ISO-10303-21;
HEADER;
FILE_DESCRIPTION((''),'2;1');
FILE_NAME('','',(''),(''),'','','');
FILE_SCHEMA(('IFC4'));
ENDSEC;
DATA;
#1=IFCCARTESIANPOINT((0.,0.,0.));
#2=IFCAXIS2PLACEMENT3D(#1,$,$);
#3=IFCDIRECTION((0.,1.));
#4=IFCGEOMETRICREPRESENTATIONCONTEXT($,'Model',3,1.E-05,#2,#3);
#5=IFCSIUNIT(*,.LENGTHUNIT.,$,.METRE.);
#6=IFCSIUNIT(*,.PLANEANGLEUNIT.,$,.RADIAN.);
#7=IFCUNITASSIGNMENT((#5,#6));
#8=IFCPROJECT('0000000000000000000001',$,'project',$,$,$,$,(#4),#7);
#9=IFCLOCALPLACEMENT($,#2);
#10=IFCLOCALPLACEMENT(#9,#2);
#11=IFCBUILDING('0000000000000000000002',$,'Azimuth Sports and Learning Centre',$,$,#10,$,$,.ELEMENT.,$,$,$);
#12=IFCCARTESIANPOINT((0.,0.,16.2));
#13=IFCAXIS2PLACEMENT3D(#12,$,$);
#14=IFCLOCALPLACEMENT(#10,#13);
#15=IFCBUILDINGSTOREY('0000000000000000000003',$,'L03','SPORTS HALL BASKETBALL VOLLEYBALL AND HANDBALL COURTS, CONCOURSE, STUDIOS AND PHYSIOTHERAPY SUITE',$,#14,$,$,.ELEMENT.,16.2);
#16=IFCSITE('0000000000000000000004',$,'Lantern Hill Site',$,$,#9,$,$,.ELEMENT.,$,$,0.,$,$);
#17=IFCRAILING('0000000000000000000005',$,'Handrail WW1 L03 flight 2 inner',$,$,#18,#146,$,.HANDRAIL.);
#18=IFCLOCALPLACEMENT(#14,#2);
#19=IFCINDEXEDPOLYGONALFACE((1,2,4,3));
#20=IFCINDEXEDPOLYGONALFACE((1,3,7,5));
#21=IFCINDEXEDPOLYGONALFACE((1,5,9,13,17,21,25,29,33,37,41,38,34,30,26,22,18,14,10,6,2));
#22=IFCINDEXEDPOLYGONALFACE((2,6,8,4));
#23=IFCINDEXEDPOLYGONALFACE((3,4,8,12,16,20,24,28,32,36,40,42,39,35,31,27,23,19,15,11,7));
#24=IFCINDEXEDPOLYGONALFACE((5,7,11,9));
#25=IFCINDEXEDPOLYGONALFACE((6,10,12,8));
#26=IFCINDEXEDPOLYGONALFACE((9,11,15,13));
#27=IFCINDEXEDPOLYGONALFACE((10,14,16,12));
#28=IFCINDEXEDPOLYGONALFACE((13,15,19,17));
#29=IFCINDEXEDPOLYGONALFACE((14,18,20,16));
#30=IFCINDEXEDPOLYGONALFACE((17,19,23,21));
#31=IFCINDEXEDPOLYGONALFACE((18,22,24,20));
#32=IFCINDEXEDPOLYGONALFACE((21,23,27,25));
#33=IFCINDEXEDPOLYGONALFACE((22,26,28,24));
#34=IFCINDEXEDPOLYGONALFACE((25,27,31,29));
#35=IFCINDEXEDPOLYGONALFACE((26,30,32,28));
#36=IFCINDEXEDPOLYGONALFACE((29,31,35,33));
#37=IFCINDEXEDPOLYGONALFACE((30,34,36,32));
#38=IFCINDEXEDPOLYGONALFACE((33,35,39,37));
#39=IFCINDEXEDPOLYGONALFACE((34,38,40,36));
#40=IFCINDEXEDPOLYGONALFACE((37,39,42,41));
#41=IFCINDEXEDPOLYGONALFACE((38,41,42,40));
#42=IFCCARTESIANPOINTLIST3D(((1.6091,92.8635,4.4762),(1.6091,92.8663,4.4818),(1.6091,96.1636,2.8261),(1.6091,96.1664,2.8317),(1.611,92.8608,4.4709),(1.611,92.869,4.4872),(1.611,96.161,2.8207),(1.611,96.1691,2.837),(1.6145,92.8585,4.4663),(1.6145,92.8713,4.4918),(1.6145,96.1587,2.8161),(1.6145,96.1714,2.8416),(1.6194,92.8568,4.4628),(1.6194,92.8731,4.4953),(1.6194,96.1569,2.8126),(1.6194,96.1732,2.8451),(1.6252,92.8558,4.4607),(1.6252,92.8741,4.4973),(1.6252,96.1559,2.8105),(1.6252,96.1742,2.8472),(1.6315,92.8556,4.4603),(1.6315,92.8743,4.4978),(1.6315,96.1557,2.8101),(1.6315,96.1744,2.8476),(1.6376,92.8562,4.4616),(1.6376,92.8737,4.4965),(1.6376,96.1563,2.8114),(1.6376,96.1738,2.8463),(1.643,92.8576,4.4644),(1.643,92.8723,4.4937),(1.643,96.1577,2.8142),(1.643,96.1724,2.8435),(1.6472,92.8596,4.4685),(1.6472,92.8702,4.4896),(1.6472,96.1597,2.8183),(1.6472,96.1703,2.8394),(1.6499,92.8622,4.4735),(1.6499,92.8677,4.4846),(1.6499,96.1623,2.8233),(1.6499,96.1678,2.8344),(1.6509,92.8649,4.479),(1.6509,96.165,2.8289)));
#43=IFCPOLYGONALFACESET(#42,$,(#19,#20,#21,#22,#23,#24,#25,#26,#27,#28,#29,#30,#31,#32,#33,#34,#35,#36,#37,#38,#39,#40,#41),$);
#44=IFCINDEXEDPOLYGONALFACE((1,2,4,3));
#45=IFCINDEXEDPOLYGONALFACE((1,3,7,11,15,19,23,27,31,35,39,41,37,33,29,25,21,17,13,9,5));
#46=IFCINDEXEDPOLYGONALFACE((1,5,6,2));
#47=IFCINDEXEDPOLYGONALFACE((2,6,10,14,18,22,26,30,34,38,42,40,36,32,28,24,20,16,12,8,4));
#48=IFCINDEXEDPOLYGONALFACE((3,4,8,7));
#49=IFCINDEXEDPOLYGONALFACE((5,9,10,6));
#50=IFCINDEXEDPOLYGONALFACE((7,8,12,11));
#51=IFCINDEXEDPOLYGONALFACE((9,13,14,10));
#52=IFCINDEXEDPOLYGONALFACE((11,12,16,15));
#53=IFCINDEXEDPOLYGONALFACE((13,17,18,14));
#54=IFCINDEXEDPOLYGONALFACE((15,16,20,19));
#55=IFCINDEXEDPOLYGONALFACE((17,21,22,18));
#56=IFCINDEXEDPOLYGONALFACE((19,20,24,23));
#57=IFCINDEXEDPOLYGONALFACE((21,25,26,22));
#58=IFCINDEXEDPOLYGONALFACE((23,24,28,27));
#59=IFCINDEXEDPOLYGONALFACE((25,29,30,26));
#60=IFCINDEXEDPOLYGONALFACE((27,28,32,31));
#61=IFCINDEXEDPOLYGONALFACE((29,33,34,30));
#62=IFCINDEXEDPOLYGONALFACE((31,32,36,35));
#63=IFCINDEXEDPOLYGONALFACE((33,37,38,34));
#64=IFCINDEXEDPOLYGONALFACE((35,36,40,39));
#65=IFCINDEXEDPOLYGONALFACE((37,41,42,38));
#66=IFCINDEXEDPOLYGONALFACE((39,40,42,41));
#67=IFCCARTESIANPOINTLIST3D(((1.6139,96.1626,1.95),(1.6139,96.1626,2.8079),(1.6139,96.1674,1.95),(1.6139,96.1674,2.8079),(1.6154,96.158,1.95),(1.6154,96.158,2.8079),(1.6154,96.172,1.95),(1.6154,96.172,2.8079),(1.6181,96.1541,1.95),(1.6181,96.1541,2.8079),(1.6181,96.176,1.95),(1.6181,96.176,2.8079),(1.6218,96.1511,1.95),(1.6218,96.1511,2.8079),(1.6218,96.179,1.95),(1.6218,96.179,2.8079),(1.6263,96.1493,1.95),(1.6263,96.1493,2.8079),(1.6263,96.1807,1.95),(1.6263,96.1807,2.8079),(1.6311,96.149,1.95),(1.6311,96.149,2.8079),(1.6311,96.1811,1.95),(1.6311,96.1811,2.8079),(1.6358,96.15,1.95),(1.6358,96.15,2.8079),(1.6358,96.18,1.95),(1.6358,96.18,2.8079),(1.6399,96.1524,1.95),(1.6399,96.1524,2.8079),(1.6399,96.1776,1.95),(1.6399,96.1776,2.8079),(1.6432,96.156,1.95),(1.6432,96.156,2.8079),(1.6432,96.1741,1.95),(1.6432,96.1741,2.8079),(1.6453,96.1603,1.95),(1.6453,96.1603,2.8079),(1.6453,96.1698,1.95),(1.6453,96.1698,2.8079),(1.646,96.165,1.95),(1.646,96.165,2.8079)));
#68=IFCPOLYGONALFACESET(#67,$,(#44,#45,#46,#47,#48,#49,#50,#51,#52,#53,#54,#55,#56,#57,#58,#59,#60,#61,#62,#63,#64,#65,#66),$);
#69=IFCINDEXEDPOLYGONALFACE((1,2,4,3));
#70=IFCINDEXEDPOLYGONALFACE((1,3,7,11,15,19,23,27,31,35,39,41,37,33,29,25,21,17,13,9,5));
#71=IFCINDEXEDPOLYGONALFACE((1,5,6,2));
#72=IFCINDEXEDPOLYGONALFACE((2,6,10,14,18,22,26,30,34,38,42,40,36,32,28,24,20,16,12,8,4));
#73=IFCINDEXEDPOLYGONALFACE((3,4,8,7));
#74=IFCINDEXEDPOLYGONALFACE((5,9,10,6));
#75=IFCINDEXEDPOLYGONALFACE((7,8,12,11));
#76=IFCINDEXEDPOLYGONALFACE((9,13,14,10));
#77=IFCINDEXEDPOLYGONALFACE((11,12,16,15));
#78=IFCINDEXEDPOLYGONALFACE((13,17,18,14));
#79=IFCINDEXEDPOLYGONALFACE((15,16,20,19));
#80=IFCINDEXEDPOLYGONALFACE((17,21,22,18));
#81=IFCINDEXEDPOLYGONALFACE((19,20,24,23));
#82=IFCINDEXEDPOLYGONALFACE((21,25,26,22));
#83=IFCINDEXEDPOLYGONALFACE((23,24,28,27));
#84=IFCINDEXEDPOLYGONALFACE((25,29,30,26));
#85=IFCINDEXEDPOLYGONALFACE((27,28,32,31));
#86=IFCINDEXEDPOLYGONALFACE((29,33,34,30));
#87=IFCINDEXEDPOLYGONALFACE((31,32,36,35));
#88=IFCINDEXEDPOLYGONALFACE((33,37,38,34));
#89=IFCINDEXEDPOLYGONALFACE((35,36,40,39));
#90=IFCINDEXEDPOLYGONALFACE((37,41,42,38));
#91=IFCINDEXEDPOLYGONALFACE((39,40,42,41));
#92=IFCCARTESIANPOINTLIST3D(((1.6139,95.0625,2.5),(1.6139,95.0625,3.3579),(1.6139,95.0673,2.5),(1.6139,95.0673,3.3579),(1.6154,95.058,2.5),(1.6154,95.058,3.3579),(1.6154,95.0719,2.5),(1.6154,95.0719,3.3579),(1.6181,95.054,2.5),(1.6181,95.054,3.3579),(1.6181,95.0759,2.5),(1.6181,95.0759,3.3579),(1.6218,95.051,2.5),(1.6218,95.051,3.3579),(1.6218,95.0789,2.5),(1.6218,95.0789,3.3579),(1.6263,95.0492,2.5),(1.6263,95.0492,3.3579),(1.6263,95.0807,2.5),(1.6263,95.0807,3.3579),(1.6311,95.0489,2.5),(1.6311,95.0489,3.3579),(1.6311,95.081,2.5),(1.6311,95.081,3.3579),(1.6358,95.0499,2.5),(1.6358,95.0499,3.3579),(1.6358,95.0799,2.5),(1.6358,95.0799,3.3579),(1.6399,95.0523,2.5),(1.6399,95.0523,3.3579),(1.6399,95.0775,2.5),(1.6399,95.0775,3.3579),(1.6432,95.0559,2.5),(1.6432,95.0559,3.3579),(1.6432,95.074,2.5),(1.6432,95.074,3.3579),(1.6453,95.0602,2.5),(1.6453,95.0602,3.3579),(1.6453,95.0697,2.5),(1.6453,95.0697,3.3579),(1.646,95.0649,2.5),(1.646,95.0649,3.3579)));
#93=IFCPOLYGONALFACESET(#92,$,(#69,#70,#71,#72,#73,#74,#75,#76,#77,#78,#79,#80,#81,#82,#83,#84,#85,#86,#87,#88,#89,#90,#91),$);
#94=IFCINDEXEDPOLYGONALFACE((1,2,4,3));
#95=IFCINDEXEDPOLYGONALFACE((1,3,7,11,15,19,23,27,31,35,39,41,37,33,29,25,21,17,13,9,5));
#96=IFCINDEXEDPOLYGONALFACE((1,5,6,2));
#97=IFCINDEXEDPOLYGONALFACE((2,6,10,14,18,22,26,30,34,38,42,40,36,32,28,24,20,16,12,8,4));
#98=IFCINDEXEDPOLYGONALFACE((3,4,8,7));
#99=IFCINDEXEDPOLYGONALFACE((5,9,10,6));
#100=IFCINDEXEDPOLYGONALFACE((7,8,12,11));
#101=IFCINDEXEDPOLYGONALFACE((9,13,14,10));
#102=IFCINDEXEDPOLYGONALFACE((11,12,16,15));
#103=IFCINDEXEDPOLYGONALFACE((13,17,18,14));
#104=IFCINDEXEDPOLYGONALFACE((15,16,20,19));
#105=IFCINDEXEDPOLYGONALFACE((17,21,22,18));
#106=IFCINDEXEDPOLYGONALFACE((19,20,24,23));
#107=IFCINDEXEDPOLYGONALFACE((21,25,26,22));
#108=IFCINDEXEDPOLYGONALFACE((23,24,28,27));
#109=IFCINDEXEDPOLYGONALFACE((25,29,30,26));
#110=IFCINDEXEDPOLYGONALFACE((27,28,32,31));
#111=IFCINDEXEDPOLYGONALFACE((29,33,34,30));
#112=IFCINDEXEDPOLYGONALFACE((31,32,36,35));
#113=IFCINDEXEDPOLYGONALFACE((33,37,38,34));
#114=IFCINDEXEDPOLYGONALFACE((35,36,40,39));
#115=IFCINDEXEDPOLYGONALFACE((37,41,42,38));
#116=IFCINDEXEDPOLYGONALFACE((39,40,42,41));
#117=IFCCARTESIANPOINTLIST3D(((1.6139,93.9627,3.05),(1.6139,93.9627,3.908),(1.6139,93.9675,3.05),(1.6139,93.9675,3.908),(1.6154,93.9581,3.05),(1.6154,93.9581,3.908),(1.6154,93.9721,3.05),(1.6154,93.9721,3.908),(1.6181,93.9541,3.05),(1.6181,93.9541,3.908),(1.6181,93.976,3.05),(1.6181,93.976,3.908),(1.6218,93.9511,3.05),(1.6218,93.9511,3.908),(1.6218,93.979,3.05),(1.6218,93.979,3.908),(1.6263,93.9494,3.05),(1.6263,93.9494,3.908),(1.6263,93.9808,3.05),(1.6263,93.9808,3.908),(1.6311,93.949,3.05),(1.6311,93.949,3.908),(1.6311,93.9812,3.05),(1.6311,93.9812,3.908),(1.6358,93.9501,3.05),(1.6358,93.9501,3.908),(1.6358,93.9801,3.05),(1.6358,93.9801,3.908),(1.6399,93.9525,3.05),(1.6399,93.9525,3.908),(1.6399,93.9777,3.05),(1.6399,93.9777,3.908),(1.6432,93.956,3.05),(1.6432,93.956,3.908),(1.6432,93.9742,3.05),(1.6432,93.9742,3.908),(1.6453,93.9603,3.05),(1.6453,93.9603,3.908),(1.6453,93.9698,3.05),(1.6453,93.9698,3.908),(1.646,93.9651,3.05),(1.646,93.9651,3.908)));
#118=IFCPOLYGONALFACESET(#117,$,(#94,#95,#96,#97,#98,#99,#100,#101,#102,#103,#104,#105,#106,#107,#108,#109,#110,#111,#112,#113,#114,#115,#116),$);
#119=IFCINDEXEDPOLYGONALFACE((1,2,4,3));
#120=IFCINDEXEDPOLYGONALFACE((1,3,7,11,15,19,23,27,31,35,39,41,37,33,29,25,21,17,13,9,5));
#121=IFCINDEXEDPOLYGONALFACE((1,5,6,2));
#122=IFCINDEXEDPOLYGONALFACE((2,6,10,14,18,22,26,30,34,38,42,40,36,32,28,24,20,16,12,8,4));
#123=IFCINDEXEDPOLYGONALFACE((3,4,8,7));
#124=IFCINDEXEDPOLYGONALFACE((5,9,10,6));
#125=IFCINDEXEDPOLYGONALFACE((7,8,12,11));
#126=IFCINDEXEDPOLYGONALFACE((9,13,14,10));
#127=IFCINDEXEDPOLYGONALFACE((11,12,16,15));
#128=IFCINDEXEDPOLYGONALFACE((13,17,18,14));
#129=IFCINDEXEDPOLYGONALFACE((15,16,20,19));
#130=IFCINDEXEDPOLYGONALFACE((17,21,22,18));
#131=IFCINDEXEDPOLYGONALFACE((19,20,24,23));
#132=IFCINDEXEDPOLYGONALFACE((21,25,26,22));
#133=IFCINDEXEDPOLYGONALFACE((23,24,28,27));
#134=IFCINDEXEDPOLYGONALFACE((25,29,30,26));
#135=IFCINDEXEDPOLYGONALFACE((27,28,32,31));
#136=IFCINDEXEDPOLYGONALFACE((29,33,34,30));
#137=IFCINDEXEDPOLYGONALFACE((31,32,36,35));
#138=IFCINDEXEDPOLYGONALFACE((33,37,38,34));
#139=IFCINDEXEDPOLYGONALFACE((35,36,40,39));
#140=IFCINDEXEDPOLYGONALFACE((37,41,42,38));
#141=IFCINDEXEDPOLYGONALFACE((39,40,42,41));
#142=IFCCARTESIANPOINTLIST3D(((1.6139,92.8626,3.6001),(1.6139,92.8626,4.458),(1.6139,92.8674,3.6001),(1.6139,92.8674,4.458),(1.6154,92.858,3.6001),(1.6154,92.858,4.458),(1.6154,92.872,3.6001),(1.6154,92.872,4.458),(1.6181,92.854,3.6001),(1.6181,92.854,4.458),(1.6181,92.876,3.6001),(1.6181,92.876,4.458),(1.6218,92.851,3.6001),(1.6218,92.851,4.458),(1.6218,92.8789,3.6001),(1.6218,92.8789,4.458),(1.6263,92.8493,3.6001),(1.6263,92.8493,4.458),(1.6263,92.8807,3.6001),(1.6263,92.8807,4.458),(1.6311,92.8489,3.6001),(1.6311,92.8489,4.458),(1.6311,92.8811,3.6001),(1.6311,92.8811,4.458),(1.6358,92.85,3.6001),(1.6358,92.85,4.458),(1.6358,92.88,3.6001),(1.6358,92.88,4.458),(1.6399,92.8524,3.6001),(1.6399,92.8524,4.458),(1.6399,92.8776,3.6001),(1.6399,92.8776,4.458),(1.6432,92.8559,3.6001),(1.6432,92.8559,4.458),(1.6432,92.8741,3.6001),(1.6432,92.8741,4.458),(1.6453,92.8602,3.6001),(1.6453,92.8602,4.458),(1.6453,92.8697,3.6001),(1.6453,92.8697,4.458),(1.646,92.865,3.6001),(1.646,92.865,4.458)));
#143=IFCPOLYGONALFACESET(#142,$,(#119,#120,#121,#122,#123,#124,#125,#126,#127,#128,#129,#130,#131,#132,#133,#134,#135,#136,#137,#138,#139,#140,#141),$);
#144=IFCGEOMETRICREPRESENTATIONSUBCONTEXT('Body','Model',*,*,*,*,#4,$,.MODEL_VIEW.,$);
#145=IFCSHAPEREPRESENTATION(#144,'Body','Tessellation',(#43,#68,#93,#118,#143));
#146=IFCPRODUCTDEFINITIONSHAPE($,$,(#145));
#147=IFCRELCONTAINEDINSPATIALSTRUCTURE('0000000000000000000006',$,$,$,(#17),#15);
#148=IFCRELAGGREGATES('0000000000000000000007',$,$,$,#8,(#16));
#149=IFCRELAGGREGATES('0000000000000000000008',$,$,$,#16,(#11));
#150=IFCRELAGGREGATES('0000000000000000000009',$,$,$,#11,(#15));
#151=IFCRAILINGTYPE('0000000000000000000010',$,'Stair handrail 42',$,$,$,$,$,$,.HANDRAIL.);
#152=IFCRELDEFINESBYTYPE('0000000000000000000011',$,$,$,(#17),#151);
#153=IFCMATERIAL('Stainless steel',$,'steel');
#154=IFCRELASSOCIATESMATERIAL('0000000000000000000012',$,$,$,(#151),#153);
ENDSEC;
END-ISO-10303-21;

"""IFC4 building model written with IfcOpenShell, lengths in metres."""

from ifc_helpers import new_model, si_unit, direction, frame, origin, origin_2d, place, context, subcontext, project, spatial, circle, extrude, material, type_object, element, save


model = new_model("IFC4")

# Units and contexts
model_context = context("Model", 3, precision=1e-05, world=origin(), true_north=direction((0.0, 1.0)))
body_context = subcontext(model_context, "Body", "Model", "MODEL_VIEW")
ifc_project = project(units=[si_unit("LENGTHUNIT", "METRE"), si_unit("PLANEANGLEUNIT", "RADIAN")], contexts=[model_context])

# Site, building, storey
site_placement = place(None, origin())
site = spatial("IfcSite", under=ifc_project, at=site_placement, Name="Lantern Hill Site", CompositionType="ELEMENT", RefElevation=0.0)
building_placement = place(site_placement, origin())
building = spatial("IfcBuilding", under=site, at=building_placement, Name="Azimuth Sports and Learning Centre", CompositionType="ELEMENT")
storey_placement = place(building_placement, frame((0.0, 0.0, 16.2)))
storey = spatial("IfcBuildingStorey", under=building, at=storey_placement, Name="L03", Description="SPORTS HALL BASKETBALL VOLLEYBALL AND HANDBALL COURTS, CONCOURSE, STUDIOS AND PHYSIOTHERAPY SUITE", CompositionType="ELEMENT", Elevation=16.2)

# Railing
ifc_material_1 = material(Name="Stainless steel", Category="steel")
railing_type = type_object("IfcRailingType", Name="Stair handrail 42", PredefinedType="HANDRAIL", material=ifc_material_1)
for number, where, name in (
    (1, (1.6299, 96.165, 1.95), "Handrail WW1 L03 flight 2 inner"),
):
    element("IfcRailing", number, at=place(storey_placement, frame(where)), inside=storey, type_object=railing_type, Name=name, PredefinedType="HANDRAIL", context=body_context, shape_type="SweptSolid", body=[
        extrude(circle(Radius=0.021, at=origin_2d()), frame((0.0, 0.0, 0.8789), z_axis=(0.0, -0.894414, 0.44724), x_axis=(1.0, 0.0, 0.0)), (0.0, 0.0, 1.0), 3.6897),
        extrude(circle(Radius=0.0161, at=origin_2d()), origin(), (0.0, 0.0, 1.0), 0.8579),
        extrude(circle(Radius=0.0161, at=origin_2d()), frame((0.0, -1.1001, 0.55)), (0.0, 0.0, 1.0), 0.8579),
        extrude(circle(Radius=0.0161, at=origin_2d()), frame((0.0, -2.2, 1.1001)), (0.0, 0.0, 1.0), 0.8579),
        extrude(circle(Radius=0.0161, at=origin_2d()), frame((0.0, -3.3, 1.6501)), (0.0, 0.0, 1.0), 0.8579),
    ])

save(model, "model.ifc")
